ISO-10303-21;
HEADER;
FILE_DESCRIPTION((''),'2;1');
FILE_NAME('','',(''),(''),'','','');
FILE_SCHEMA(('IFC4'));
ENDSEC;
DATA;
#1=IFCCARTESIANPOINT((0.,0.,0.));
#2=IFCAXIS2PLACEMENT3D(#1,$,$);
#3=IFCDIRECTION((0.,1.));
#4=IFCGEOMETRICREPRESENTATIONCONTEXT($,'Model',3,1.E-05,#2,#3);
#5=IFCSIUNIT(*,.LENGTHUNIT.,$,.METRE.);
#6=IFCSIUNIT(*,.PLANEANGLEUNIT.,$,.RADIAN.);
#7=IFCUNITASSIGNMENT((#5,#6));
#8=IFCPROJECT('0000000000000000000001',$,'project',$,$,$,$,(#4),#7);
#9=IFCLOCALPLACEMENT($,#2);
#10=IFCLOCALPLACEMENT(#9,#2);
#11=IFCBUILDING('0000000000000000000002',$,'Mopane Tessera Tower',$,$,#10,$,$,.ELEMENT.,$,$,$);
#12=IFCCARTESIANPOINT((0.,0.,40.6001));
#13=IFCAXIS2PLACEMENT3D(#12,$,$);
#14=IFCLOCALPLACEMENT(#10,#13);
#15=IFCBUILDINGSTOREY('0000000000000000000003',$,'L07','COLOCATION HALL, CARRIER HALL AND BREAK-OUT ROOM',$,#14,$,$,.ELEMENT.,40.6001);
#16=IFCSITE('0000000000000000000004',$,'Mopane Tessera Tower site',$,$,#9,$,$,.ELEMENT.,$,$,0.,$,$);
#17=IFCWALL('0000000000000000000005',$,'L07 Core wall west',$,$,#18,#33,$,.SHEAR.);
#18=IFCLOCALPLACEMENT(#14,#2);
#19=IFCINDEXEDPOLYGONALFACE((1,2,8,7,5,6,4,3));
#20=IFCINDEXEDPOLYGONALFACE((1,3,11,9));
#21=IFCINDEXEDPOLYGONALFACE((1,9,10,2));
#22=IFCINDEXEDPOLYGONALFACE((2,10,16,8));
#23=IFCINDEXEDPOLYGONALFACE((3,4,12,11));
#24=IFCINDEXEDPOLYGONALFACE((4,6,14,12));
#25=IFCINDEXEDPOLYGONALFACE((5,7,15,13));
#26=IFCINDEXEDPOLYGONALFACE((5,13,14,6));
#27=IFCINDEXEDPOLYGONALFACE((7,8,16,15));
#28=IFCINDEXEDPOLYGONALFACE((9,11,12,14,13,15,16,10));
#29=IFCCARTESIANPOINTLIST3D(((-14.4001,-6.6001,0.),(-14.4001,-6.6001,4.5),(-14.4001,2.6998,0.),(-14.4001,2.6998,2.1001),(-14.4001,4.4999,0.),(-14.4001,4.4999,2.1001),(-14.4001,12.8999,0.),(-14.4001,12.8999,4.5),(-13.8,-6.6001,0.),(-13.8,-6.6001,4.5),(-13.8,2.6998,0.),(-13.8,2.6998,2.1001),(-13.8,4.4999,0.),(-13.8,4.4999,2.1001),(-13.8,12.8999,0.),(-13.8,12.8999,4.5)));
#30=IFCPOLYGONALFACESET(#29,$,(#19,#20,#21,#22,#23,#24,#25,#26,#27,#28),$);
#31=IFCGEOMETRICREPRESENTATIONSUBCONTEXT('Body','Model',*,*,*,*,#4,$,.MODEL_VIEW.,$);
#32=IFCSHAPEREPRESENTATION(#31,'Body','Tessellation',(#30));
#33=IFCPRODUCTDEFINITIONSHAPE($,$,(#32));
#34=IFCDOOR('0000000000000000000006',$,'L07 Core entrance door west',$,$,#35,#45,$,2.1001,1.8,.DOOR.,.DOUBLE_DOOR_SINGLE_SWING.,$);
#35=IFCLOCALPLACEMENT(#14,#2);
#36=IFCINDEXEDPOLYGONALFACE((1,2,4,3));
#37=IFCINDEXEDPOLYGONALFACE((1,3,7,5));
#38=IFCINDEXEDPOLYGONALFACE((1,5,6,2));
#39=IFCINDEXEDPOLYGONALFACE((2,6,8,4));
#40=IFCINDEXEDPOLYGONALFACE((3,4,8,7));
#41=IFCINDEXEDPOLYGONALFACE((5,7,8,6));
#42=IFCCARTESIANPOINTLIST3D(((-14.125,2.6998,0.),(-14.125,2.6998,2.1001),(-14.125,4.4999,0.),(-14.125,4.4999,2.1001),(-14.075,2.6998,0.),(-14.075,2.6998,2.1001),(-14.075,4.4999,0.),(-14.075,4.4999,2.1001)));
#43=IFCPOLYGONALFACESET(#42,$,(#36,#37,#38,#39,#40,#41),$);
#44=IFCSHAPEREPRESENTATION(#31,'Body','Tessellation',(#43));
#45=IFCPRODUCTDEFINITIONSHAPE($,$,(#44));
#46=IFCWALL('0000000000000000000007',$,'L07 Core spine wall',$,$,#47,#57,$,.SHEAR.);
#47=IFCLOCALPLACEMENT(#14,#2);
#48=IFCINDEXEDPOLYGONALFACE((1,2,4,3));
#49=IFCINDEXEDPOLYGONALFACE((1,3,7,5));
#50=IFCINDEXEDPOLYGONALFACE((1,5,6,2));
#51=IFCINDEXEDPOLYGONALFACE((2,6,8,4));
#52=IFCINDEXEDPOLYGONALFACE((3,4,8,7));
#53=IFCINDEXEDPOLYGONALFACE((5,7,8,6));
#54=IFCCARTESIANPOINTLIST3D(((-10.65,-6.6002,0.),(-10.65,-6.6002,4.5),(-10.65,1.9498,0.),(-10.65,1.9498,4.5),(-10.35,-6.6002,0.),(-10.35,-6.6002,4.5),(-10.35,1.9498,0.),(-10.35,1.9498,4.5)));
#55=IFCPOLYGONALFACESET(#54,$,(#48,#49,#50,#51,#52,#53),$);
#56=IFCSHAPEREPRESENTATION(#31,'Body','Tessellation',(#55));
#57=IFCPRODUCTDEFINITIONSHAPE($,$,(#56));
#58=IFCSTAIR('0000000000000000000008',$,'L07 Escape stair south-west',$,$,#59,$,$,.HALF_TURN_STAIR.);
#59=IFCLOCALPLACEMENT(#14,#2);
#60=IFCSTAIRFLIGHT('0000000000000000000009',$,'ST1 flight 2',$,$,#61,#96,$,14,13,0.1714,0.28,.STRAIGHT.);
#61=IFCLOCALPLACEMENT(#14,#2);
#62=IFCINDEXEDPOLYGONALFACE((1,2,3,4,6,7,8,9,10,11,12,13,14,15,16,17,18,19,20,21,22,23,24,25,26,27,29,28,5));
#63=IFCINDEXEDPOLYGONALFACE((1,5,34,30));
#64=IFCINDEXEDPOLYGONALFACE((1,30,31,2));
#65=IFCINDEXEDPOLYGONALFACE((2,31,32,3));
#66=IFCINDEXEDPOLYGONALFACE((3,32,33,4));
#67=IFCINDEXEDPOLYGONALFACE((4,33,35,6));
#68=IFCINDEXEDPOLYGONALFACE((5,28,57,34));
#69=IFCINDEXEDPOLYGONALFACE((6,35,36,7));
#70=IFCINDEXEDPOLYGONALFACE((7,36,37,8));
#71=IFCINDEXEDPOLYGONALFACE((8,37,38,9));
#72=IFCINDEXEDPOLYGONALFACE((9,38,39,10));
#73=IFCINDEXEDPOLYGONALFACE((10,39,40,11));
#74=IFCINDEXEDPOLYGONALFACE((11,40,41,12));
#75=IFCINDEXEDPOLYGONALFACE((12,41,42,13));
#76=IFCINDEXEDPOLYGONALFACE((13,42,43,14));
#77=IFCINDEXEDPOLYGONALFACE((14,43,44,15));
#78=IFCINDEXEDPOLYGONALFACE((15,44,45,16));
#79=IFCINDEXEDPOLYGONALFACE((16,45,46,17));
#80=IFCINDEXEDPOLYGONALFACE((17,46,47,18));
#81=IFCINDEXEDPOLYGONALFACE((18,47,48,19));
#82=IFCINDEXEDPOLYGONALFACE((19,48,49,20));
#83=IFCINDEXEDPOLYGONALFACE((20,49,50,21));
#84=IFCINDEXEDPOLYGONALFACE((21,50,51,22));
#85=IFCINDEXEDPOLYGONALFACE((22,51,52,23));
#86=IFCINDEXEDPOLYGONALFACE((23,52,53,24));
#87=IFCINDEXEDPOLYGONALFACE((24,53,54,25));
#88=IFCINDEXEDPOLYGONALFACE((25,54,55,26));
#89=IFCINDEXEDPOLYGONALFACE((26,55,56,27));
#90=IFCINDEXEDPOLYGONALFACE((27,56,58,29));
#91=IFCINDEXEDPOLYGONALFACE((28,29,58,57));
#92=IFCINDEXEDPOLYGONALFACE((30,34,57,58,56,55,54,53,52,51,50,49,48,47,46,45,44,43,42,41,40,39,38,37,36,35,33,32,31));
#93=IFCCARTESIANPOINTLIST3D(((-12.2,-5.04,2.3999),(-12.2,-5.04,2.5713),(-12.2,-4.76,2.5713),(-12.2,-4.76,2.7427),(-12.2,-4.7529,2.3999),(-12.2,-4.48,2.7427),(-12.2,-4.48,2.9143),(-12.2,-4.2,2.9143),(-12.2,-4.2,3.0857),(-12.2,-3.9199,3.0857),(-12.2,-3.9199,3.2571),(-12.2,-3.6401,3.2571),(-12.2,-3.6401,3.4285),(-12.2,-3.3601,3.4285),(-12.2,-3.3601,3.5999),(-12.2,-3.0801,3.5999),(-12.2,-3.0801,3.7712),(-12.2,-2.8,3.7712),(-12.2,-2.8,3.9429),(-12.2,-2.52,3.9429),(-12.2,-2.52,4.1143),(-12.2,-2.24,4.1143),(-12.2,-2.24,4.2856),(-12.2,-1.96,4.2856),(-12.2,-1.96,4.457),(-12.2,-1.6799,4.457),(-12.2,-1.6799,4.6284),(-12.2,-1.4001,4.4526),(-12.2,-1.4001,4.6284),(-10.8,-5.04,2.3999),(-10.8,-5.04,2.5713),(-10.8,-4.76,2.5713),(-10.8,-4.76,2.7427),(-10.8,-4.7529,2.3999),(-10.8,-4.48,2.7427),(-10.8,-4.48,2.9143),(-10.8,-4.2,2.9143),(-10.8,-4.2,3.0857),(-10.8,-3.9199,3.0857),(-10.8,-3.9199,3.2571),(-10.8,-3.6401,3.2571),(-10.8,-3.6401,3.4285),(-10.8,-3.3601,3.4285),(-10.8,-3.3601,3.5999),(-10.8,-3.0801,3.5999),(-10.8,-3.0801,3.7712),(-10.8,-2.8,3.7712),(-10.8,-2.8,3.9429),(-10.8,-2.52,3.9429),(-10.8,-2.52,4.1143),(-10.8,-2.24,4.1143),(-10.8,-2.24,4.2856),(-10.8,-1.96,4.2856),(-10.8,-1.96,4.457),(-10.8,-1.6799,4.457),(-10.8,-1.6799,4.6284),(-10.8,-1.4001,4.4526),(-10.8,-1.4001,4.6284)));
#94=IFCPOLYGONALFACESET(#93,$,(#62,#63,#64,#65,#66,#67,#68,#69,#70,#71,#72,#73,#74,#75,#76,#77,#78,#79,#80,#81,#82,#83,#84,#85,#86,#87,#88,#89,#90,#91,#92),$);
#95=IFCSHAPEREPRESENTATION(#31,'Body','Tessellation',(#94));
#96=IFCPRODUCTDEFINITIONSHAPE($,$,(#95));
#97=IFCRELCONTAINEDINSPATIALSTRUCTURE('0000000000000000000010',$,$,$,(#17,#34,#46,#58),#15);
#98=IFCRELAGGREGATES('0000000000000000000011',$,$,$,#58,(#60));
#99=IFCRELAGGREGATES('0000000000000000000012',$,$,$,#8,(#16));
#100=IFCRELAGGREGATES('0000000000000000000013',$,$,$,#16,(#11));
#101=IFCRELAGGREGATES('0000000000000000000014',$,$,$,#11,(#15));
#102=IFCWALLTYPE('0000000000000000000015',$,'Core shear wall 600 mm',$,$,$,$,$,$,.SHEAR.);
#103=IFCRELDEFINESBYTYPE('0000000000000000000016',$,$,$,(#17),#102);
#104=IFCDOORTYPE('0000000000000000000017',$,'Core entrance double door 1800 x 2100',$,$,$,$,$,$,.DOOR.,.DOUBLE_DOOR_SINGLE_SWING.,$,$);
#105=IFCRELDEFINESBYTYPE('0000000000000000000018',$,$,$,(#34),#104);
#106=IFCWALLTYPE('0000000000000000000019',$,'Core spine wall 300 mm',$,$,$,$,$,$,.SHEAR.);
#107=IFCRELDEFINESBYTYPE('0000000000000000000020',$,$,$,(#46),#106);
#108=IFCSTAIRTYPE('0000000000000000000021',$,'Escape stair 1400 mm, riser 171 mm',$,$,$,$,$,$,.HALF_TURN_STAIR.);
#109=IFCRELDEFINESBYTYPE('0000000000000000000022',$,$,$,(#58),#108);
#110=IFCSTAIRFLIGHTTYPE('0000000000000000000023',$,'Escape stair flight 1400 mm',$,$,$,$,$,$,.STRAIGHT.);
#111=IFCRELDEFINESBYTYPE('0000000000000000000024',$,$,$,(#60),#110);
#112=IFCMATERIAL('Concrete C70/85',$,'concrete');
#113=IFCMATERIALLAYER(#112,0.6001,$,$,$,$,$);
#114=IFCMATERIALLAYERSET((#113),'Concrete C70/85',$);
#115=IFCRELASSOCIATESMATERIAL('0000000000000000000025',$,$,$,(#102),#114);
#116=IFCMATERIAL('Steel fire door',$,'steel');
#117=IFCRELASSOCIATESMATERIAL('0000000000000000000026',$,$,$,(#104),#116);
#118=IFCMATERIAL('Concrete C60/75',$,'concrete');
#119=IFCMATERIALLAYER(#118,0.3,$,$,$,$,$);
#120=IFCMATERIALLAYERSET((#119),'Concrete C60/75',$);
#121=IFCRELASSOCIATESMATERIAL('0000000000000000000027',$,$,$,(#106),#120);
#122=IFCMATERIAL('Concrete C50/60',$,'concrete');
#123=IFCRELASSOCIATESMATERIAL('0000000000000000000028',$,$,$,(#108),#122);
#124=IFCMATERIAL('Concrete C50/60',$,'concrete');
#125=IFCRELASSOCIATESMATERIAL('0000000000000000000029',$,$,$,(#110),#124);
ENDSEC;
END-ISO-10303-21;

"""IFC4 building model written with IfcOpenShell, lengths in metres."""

from ifc_helpers import new_model, si_unit, direction, frame, frame_2d, origin, place, context, subcontext, project, spatial, polyline, rectangle, outline, extrude, material, layer, layer_set, type_object, element, fill, aggregate, save


model = new_model("IFC4")

# Units and contexts
model_context = context("Model", 3, precision=1e-05, world=origin(), true_north=direction((0.0, 1.0)))
body_context = subcontext(model_context, "Body", "Model", "MODEL_VIEW")
ifc_project = project(units=[si_unit("LENGTHUNIT", "METRE"), si_unit("PLANEANGLEUNIT", "RADIAN")], contexts=[model_context])

# Site, building, storey
site_placement = place(None, origin())
site = spatial("IfcSite", under=ifc_project, at=site_placement, Name="Mopane Tessera Tower site", CompositionType="ELEMENT", RefElevation=0.0)
building_placement = place(site_placement, origin())
building = spatial("IfcBuilding", under=site, at=building_placement, Name="Mopane Tessera Tower", CompositionType="ELEMENT")
storey_placement = place(building_placement, frame((0.0, 0.0, 40.6001)))
storey = spatial("IfcBuildingStorey", under=building, at=storey_placement, Name="L07", Description="COLOCATION HALL, CARRIER HALL AND BREAK-OUT ROOM", CompositionType="ELEMENT", Elevation=40.6001)

# Wall, opening, door
ifc_material_1 = material(Name="Concrete C70/85", Category="concrete")
ifc_layer_1 = layer(ifc_material_1, 0.6001)
ifc_layer_set_1 = layer_set([ifc_layer_1], Name="Concrete C70/85")
wall_type_1 = type_object("IfcWallType", Name="Core shear wall 600 mm", PredefinedType="SHEAR", material=ifc_layer_set_1)
wall_1_placement = place(storey_placement, frame((-14.1001, -6.6001, 0.0), z_axis=(0.0, 0.0, 1.0), x_axis=(0.0, 1.0, 0.0)))
wall_1 = element("IfcWall", 1, at=wall_1_placement, inside=storey, type_object=wall_type_1, Name="L07 Core wall west", PredefinedType="SHEAR", context=body_context, shape_type="SweptSolid", body=[
    extrude(rectangle(XDim=19.5, YDim=0.6001, at=frame_2d((9.75, 0.0))), origin(), (0.0, 0.0, 1.0), 4.5),
])
opening_placement = place(wall_1_placement, frame((9.3, 0.0, 0.0)))
opening = element("IfcOpeningElement", 2, at=opening_placement, cuts=wall_1, PredefinedType="OPENING", context=body_context, shape_type="SweptSolid", body=[
    extrude(rectangle(XDim=1.8, YDim=2.1001, at=frame_2d((0.8999, 1.05))), frame((0.0, 0.312, 0.0), z_axis=(0.0, -1.0, 0.0), x_axis=(1.0, 0.0, 0.0)), (0.0, 0.0, 1.0), 0.624),
])
ifc_material_2 = material(Name="Steel fire door", Category="steel")
door_type = type_object("IfcDoorType", Name="Core entrance double door 1800 x 2100", OperationType="DOUBLE_DOOR_SINGLE_SWING", PredefinedType="DOOR", material=ifc_material_2)
door_placement = place(opening_placement, origin())
door = element("IfcDoor", 3, at=door_placement, inside=storey, type_object=door_type, Name="L07 Core entrance door west", OperationType="DOUBLE_DOOR_SINGLE_SWING", OverallHeight=2.1001, OverallWidth=1.8, PredefinedType="DOOR", context=body_context, shape_type="SweptSolid", body=[
    extrude(rectangle(XDim=1.8, YDim=2.1001, at=frame_2d((0.8999, 1.05))), frame((0.0, 0.0249, 0.0), z_axis=(0.0, -1.0, 0.0), x_axis=(1.0, 0.0, 0.0)), (0.0, 0.0, 1.0), 0.05),
])
fill(opening, door)

# Wall
ifc_material_3 = material(Name="Concrete C60/75", Category="concrete")
ifc_layer_2 = layer(ifc_material_3, 0.3)
ifc_layer_set_2 = layer_set([ifc_layer_2], Name="Concrete C60/75")
wall_type_2 = type_object("IfcWallType", Name="Core spine wall 300 mm", PredefinedType="SHEAR", material=ifc_layer_set_2)
wall_2_placement = place(storey_placement, frame((-10.5, -6.6001, 0.0), z_axis=(0.0, 0.0, 1.0), x_axis=(0.0, 1.0, 0.0)))
element("IfcWall", 4, at=wall_2_placement, inside=storey, type_object=wall_type_2, Name="L07 Core spine wall", PredefinedType="SHEAR", context=body_context, shape_type="SweptSolid", body=[
    extrude(rectangle(XDim=8.55, YDim=0.3, at=frame_2d((4.2749, 0.0))), origin(), (0.0, 0.0, 1.0), 4.5),
])

# Stair, stair flight
ifc_material_4 = material(Name="Concrete C50/60", Category="concrete")
stair_type = type_object("IfcStairType", Name="Escape stair 1400 mm, riser 171 mm", PredefinedType="HALF_TURN_STAIR", material=ifc_material_4)
stair_placement = place(storey_placement, origin())
stair = element("IfcStair", 5, at=stair_placement, inside=storey, type_object=stair_type, Name="L07 Escape stair south-west", PredefinedType="HALF_TURN_STAIR")
ifc_material_5 = material(Name="Concrete C50/60", Category="concrete")
stair_flight_type = type_object("IfcStairFlightType", Name="Escape stair flight 1400 mm", PredefinedType="STRAIGHT", material=ifc_material_5)
stair_flight_placement = place(storey_placement, frame((-11.5, -5.04, 2.3999), z_axis=(0.0, 0.0, 1.0), x_axis=(0.0, 1.0, 0.0)))
stair_flight = element("IfcStairFlight", 6, at=stair_flight_placement, type_object=stair_flight_type, Name="ST1 flight 2", NumberOfRisers=14, NumberOfTreads=13, PredefinedType="STRAIGHT", RiserHeight=0.1714, TreadLength=0.28, context=body_context, shape_type="SweptSolid", body=[
    extrude(outline(polyline([(0.0, 0.0), (0.0, 0.1714), (0.28, 0.1714), (0.28, 0.3428), (0.5601, 0.3428), (0.5601, 0.5144), (0.8401, 0.5144), (0.8401, 0.6858), (1.1201, 0.6858), (1.1201, 0.8572), (1.3999, 0.8572), (1.3999, 1.0286), (1.6799, 1.0286), (1.6799, 1.2), (1.96, 1.2), (1.96, 1.3713), (2.24, 1.3713), (2.24, 1.543), (2.52, 1.543), (2.52, 1.7144), (2.8, 1.7144), (2.8, 1.8857), (3.0801, 1.8857), (3.0801, 2.0571), (3.3601, 2.0571), (3.3601, 2.2285), (3.6399, 2.2285), (3.6399, 2.3999), (3.6399, 2.0527), (0.2871, 0.0), (0.0, 0.0)])), frame((0.0, 0.7, 0.0), z_axis=(0.0, -1.0, 0.0), x_axis=(1.0, 0.0, 0.0)), (0.0, 0.0, 1.0), 1.3999),
])
aggregate(stair, [stair_flight])

save(model, "model.ifc")
